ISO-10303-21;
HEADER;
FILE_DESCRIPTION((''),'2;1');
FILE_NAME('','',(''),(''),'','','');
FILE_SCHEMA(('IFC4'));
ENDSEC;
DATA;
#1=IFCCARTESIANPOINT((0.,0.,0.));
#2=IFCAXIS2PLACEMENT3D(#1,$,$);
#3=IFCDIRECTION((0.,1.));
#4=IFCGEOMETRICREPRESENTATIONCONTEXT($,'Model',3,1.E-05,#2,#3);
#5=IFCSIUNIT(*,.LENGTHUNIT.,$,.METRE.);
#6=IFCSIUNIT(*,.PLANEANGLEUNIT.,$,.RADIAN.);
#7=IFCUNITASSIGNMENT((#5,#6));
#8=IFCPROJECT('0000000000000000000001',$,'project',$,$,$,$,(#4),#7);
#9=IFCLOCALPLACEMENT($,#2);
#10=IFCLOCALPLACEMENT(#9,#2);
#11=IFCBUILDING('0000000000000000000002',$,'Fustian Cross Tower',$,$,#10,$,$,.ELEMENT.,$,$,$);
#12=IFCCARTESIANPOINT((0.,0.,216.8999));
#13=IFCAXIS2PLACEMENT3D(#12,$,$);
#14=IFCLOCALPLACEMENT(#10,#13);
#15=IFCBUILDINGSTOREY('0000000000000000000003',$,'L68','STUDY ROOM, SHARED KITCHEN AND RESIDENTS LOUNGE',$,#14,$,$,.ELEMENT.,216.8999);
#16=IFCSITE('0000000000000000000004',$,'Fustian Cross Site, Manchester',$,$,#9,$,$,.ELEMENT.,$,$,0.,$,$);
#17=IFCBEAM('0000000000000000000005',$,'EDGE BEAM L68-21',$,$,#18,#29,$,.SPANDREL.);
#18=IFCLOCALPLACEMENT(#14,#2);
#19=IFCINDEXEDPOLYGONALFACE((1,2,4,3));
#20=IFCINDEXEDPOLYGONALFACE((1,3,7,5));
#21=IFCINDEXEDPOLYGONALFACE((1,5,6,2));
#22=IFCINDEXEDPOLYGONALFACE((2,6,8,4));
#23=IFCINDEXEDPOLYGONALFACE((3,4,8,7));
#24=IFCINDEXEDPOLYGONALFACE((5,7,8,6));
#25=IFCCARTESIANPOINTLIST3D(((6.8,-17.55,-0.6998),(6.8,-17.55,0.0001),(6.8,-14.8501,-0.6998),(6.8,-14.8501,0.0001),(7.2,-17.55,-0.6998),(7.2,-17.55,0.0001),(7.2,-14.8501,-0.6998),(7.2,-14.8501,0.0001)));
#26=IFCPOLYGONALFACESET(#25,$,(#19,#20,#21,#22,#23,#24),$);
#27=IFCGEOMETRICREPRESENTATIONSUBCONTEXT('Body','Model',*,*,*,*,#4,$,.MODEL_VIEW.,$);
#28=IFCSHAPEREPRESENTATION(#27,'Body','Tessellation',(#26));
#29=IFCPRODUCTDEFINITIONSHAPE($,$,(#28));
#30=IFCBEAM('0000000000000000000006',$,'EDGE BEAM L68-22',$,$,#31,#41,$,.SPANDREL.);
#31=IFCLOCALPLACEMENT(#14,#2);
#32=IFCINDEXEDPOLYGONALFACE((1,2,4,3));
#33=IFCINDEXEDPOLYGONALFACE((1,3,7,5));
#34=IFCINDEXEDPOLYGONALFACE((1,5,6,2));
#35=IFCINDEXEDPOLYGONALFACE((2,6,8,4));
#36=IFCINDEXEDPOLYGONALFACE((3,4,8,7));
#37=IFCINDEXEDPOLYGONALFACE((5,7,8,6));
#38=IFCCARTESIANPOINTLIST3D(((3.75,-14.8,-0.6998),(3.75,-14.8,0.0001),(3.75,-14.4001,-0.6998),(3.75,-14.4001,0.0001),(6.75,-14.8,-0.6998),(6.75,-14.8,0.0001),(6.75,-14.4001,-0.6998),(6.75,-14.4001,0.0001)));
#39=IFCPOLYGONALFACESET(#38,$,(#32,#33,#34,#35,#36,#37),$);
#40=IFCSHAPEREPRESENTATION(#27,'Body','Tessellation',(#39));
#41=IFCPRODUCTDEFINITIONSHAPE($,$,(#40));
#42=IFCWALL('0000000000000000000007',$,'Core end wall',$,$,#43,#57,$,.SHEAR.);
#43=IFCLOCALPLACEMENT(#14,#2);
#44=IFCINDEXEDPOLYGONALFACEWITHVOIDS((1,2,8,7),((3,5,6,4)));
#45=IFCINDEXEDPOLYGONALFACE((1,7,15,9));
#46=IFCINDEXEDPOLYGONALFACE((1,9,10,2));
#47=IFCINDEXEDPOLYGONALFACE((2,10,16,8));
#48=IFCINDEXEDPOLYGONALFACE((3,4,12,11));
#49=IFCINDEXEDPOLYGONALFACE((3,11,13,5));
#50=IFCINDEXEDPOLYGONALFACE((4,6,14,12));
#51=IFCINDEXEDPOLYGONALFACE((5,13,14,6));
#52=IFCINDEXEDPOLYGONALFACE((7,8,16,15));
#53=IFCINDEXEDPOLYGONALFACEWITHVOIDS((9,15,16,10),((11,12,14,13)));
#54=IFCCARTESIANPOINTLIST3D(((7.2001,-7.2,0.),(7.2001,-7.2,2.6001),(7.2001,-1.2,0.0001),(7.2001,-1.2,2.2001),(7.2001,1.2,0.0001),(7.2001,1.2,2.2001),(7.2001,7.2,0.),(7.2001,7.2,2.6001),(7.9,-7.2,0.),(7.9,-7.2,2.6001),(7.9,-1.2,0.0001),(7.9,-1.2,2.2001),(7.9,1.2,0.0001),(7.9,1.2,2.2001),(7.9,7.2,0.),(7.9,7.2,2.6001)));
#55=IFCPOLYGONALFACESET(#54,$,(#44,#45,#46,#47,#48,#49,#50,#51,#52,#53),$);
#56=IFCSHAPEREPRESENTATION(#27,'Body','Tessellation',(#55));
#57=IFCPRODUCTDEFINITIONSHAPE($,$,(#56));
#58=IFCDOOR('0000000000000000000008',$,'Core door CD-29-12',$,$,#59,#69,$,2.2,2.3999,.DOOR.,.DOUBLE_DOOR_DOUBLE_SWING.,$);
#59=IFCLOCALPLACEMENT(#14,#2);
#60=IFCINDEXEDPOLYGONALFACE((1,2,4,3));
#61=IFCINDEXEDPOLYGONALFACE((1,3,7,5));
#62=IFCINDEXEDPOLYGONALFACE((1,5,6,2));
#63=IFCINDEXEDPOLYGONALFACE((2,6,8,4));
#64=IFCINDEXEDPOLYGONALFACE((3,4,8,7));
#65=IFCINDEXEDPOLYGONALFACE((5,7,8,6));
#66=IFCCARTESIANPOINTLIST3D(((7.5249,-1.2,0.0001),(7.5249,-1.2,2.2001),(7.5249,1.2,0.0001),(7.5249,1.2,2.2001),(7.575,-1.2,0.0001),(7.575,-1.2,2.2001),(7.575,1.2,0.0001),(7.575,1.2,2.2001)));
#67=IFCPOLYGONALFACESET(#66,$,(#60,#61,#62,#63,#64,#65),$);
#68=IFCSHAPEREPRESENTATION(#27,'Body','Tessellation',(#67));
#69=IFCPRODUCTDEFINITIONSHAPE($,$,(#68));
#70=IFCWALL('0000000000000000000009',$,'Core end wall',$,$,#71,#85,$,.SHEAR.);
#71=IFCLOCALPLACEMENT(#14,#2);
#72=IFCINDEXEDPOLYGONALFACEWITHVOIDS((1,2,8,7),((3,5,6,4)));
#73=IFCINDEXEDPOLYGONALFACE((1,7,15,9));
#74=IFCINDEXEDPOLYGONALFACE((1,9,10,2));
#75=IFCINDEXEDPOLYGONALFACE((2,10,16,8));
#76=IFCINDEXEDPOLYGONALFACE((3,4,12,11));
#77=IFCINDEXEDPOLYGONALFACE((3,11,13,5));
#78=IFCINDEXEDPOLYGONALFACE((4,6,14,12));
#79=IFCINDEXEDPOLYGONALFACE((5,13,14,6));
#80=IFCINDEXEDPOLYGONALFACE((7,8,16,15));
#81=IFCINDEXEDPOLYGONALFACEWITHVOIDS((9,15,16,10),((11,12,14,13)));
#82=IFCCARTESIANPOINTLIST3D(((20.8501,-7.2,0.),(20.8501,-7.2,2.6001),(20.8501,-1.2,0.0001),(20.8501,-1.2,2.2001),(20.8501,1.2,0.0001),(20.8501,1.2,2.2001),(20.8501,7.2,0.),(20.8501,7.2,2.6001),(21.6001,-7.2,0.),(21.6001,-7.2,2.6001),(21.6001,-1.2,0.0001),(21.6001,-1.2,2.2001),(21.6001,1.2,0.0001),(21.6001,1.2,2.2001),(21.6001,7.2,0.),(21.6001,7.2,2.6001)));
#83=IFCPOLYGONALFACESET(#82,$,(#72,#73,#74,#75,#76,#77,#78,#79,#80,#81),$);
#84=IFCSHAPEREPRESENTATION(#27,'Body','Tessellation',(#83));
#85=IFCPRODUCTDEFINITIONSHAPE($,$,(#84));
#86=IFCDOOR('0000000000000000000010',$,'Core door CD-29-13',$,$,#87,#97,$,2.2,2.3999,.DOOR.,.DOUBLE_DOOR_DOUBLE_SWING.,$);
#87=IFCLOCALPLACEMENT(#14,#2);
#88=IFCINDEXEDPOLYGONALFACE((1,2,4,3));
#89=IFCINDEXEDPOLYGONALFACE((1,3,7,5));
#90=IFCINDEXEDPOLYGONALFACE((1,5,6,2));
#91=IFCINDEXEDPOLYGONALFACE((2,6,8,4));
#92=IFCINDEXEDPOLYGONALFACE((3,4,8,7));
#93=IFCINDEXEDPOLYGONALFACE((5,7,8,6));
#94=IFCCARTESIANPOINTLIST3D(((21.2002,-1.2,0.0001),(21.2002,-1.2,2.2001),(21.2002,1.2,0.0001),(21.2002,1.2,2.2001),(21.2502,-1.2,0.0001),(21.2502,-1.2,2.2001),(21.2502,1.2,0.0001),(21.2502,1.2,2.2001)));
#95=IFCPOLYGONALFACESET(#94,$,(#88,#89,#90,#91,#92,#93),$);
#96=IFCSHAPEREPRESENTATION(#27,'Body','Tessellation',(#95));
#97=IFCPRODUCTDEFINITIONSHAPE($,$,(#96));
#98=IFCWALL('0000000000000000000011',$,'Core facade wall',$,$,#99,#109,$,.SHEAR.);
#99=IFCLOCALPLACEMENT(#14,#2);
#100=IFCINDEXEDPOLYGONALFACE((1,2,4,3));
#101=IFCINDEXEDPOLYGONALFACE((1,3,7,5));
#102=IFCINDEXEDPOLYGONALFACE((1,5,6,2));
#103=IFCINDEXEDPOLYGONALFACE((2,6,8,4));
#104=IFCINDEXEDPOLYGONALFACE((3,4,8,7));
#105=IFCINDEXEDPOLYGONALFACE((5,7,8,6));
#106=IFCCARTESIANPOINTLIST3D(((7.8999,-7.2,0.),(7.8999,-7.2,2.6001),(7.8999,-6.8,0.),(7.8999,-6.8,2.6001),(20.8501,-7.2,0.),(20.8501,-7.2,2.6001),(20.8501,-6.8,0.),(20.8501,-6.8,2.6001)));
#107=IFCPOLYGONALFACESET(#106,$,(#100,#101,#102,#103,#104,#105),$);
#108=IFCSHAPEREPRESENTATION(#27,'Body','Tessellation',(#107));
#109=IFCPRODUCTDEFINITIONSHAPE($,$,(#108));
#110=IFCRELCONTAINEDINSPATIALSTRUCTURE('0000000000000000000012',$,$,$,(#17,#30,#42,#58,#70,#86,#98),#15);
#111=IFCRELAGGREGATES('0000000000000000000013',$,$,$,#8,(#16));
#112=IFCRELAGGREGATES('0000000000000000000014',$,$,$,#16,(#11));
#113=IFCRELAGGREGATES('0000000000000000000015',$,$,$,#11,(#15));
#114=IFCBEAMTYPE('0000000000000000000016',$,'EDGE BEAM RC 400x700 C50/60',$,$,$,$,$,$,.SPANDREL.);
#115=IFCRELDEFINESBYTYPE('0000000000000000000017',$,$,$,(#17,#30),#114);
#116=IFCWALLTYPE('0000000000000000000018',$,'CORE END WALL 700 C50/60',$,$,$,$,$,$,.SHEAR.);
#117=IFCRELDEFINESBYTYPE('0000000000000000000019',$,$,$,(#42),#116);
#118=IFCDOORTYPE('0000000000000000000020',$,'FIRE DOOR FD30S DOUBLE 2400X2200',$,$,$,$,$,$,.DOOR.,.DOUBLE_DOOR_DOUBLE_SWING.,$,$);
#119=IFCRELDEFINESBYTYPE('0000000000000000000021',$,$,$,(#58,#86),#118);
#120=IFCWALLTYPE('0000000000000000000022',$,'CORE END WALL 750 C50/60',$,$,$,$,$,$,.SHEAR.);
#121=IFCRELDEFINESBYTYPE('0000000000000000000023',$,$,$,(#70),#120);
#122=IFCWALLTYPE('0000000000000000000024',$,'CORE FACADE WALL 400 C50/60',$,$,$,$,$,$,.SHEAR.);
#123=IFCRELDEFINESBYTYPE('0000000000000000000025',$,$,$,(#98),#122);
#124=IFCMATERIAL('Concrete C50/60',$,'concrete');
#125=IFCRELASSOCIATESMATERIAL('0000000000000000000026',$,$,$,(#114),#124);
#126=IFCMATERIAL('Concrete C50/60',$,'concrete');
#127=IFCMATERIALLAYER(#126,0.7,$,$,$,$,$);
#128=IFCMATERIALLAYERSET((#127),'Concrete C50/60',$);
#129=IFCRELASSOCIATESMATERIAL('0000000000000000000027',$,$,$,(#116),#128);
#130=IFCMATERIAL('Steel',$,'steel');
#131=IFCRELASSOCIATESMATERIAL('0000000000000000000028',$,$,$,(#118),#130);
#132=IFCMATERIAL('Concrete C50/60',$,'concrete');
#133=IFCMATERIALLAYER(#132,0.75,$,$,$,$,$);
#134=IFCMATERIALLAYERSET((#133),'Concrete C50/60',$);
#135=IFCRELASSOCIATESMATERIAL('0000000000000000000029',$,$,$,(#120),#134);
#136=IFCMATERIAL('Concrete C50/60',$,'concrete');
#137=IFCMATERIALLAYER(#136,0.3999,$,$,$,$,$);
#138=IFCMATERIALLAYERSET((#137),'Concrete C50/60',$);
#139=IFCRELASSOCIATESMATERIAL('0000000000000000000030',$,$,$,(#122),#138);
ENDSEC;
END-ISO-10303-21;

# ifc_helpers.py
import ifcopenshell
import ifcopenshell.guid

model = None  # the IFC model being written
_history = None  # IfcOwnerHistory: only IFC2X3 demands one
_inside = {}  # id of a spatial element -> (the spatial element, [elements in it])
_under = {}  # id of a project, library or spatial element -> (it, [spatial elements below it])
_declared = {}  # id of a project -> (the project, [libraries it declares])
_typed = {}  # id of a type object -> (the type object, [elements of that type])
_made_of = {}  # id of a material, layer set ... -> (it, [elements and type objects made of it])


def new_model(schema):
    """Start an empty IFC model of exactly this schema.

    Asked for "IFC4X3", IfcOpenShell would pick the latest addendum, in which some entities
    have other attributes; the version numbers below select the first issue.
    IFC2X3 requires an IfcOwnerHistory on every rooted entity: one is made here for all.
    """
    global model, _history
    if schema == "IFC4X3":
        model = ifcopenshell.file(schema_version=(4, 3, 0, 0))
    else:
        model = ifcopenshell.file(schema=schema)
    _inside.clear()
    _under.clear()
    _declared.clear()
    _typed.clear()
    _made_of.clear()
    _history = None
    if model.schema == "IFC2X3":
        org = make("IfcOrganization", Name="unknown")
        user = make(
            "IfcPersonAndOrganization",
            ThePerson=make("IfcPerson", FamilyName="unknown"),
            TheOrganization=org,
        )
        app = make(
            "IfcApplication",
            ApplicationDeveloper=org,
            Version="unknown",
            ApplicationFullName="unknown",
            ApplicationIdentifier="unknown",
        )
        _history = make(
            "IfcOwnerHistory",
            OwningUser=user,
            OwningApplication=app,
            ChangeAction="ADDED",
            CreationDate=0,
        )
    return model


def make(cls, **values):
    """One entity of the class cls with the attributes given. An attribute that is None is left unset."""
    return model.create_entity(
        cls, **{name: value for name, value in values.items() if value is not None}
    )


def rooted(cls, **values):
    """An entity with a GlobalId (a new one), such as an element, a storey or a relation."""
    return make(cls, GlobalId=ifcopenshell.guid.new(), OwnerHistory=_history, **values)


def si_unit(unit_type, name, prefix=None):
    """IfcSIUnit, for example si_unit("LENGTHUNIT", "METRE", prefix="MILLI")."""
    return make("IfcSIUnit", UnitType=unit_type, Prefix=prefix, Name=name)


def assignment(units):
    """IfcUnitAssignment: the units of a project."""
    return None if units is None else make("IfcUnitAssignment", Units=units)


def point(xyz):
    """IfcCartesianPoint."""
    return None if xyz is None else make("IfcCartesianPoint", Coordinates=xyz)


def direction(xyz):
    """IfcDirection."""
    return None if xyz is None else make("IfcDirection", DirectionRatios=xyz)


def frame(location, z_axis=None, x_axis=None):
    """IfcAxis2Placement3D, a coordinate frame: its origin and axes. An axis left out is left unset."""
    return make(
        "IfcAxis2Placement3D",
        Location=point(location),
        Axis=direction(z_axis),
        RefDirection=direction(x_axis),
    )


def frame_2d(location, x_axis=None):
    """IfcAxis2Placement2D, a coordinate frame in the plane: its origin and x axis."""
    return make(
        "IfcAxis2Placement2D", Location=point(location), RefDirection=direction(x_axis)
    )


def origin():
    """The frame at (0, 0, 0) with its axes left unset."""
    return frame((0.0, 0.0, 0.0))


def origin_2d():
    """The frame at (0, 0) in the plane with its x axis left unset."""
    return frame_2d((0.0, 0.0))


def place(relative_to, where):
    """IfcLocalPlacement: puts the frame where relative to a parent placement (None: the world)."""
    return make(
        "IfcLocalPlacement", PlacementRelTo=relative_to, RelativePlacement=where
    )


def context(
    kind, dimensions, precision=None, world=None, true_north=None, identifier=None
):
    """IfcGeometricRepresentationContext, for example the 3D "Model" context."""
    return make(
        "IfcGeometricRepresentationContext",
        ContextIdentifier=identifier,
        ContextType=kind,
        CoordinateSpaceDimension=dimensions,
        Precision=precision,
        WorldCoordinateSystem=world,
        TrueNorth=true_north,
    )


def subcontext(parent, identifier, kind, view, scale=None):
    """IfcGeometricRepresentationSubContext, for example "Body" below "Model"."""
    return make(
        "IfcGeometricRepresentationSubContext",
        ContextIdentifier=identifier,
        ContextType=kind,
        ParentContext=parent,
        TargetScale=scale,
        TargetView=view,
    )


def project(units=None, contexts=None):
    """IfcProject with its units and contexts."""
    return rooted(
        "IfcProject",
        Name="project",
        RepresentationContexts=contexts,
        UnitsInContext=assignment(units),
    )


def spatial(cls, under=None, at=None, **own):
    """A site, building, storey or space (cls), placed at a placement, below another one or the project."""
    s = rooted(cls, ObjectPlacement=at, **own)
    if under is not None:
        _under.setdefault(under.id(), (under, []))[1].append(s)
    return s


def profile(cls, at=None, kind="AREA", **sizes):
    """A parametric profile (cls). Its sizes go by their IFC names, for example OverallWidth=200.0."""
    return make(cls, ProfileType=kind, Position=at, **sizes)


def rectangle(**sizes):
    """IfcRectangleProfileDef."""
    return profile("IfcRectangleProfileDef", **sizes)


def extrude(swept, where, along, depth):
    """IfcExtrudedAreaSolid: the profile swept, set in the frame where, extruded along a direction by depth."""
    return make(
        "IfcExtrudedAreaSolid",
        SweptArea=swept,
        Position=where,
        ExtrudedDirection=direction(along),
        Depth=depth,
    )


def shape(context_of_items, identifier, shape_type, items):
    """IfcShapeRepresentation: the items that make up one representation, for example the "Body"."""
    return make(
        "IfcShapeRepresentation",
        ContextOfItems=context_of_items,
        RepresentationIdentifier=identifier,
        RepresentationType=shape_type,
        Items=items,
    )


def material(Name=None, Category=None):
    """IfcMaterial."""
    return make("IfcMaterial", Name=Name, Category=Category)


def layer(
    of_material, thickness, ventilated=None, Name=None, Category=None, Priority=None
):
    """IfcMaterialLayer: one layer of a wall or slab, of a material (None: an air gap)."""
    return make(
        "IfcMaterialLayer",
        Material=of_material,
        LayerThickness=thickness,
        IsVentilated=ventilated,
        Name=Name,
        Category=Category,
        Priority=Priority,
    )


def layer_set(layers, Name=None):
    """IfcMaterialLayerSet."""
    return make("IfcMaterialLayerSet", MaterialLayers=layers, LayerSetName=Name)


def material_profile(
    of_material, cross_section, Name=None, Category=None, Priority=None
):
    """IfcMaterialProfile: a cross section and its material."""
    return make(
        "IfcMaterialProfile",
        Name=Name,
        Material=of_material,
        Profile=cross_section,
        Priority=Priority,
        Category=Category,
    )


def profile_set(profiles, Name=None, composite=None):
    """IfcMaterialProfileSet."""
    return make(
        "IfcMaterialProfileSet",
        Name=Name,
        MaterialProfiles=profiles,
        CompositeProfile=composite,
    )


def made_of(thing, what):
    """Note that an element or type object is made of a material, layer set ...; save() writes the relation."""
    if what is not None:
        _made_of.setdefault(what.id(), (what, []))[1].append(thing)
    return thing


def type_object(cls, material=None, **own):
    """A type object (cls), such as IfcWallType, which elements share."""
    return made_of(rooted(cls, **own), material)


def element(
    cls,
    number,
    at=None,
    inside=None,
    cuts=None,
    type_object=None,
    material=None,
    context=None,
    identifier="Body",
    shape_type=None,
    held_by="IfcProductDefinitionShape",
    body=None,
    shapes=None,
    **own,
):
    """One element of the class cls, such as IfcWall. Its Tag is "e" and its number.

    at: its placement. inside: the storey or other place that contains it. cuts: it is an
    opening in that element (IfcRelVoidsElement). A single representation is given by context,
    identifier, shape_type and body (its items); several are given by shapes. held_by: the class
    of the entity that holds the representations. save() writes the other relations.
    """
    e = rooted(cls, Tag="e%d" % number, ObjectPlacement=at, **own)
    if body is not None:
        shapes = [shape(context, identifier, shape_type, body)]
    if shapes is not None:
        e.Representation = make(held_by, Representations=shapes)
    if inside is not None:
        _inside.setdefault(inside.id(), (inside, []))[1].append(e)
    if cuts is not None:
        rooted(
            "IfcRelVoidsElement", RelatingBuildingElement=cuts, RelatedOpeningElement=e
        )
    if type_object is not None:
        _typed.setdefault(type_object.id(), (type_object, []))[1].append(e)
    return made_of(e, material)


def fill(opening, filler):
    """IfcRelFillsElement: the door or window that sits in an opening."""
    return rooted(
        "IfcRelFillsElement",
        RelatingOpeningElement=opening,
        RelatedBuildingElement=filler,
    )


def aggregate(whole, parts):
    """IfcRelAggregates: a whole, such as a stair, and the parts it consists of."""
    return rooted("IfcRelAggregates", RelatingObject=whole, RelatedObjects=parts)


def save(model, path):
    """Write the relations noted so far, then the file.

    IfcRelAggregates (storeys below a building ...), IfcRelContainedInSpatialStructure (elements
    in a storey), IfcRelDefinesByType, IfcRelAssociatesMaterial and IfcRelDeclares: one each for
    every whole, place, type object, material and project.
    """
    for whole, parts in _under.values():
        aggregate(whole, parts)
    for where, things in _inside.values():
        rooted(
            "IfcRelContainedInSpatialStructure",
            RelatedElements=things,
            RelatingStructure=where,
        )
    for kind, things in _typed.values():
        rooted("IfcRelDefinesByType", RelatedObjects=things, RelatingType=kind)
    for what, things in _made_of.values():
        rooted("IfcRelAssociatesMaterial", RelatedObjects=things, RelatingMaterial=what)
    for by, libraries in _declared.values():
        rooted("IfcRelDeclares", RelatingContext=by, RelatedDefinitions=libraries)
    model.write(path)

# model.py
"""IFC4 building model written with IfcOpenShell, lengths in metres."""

from ifc_helpers import new_model, si_unit, direction, frame, frame_2d, origin, origin_2d, place, context, subcontext, project, spatial, rectangle, extrude, material, layer, layer_set, material_profile, profile_set, type_object, element, fill, save


model = new_model("IFC4")

# Units and contexts
model_context = context("Model", 3, precision=1e-05, world=origin(), true_north=direction((0.0, 1.0)))
body_context = subcontext(model_context, "Body", "Model", "MODEL_VIEW")
ifc_project = project(units=[si_unit("LENGTHUNIT", "METRE"), si_unit("PLANEANGLEUNIT", "RADIAN")], contexts=[model_context])

# Site, building, storey
site_placement = place(None, origin())
site = spatial("IfcSite", under=ifc_project, at=site_placement, Name="Fustian Cross Site, Manchester", CompositionType="ELEMENT", RefElevation=0.0)
building_placement = place(site_placement, origin())
building = spatial("IfcBuilding", under=site, at=building_placement, Name="Fustian Cross Tower", CompositionType="ELEMENT")
storey_placement = place(building_placement, frame((0.0, 0.0, 216.8999)))
storey = spatial("IfcBuildingStorey", under=building, at=storey_placement, Name="L68", Description="STUDY ROOM, SHARED KITCHEN AND RESIDENTS LOUNGE", CompositionType="ELEMENT", Elevation=216.8999)

# Beams
ifc_material_1 = material(Name="Concrete C50/60", Category="concrete")
ifc_material_profile = material_profile(ifc_material_1, rectangle(XDim=0.3999, YDim=0.7, at=origin_2d()), Name="RC 400x700")
ifc_profile_set = profile_set([ifc_material_profile], Name="Concrete C50/60")
beam_type = type_object("IfcBeamType", Name="EDGE BEAM RC 400x700 C50/60", PredefinedType="SPANDREL", material=ifc_profile_set)
beam_1_placement = place(storey_placement, frame((7.0, -17.55, -0.3499), z_axis=(0.0, 1.0, 0.0), x_axis=(-1.0, 0.0, 0.0)))
element("IfcBeam", 1, at=beam_1_placement, inside=storey, type_object=beam_type, Name="EDGE BEAM L68-21", PredefinedType="SPANDREL", context=body_context, shape_type="SweptSolid", body=[
    extrude(rectangle(XDim=0.3999, YDim=0.7, at=origin_2d()), origin(), (0.0, 0.0, 1.0), 2.7),
])
beam_2_placement = place(storey_placement, frame((6.75, -14.6001, -0.3499), z_axis=(-1.0, 0.0, 0.0), x_axis=(0.0, -1.0, 0.0)))
element("IfcBeam", 2, at=beam_2_placement, inside=storey, type_object=beam_type, Name="EDGE BEAM L68-22", PredefinedType="SPANDREL", context=body_context, shape_type="SweptSolid", body=[
    extrude(rectangle(XDim=0.3999, YDim=0.7, at=origin_2d()), origin(), (0.0, 0.0, 1.0), 3.0),
])

# Walls, openings, doors
ifc_material_2 = material(Name="Concrete C50/60", Category="concrete")
ifc_layer_1 = layer(ifc_material_2, 0.7)
ifc_layer_set_1 = layer_set([ifc_layer_1], Name="Concrete C50/60")
wall_type_1 = type_object("IfcWallType", Name="CORE END WALL 700 C50/60", PredefinedType="SHEAR", material=ifc_layer_set_1)
wall_1_placement = place(storey_placement, frame((7.55, -7.2, 0.0), z_axis=(0.0, 0.0, 1.0), x_axis=(0.0, 1.0, 0.0)))
wall_1 = element("IfcWall", 3, at=wall_1_placement, inside=storey, type_object=wall_type_1, Name="Core end wall", PredefinedType="SHEAR", context=body_context, shape_type="SweptSolid", body=[
    extrude(rectangle(XDim=14.3999, YDim=0.7, at=frame_2d((7.2, 0.0))), origin(), (0.0, 0.0, 1.0), 2.6001),
])
opening_1_placement = place(wall_1_placement, frame((6.0, 0.0, 0.0)))
opening_1 = element("IfcOpeningElement", 4, at=opening_1_placement, cuts=wall_1, PredefinedType="OPENING", context=body_context, shape_type="SweptSolid", body=[
    extrude(rectangle(XDim=2.3999, YDim=2.2, at=frame_2d((1.2, 1.1001))), frame((0.0, 0.3599, 0.0), z_axis=(0.0, -1.0, 0.0), x_axis=(1.0, 0.0, 0.0)), (0.0, 0.0, 1.0), 0.72),
])
ifc_material_3 = material(Name="Steel", Category="steel")
door_type_1 = type_object("IfcDoorType", Name="FIRE DOOR FD30S DOUBLE 2400X2200", OperationType="DOUBLE_DOOR_DOUBLE_SWING", PredefinedType="DOOR", material=ifc_material_3)
door_1_placement = place(opening_1_placement, frame((2.3999, 0.0, 0.0), z_axis=(0.0, 0.0, 1.0), x_axis=(-1.0, 0.0, 0.0)))
door_1 = element("IfcDoor", 5, at=door_1_placement, inside=storey, type_object=door_type_1, Name="Core door CD-29-12", OperationType="DOUBLE_DOOR_DOUBLE_SWING", OverallHeight=2.2, OverallWidth=2.3999, PredefinedType="DOOR", context=body_context, shape_type="SweptSolid", body=[
    extrude(rectangle(XDim=2.3999, YDim=2.2, at=frame_2d((1.2, 1.1001))), frame((0.0, 0.0249, 0.0), z_axis=(0.0, -1.0, 0.0), x_axis=(1.0, 0.0, 0.0)), (0.0, 0.0, 1.0), 0.05),
])
fill(opening_1, door_1)
ifc_material_4 = material(Name="Concrete C50/60", Category="concrete")
ifc_layer_2 = layer(ifc_material_4, 0.75)
ifc_layer_set_2 = layer_set([ifc_layer_2], Name="Concrete C50/60")
wall_type_2 = type_object("IfcWallType", Name="CORE END WALL 750 C50/60", PredefinedType="SHEAR", material=ifc_layer_set_2)
wall_2_placement = place(storey_placement, frame((21.2251, -7.2, 0.0), z_axis=(0.0, 0.0, 1.0), x_axis=(0.0, 1.0, 0.0)))
wall_2 = element("IfcWall", 6, at=wall_2_placement, inside=storey, type_object=wall_type_2, Name="Core end wall", PredefinedType="SHEAR", context=body_context, shape_type="SweptSolid", body=[
    extrude(rectangle(XDim=14.3999, YDim=0.75, at=frame_2d((7.2, 0.0))), origin(), (0.0, 0.0, 1.0), 2.6001),
])
opening_2_placement = place(wall_2_placement, frame((6.0, 0.0, 0.0)))
opening_2 = element("IfcOpeningElement", 7, at=opening_2_placement, cuts=wall_2, PredefinedType="OPENING", context=body_context, shape_type="SweptSolid", body=[
    extrude(rectangle(XDim=2.3999, YDim=2.2, at=frame_2d((1.2, 1.1001))), frame((0.0, 0.385, 0.0), z_axis=(0.0, -1.0, 0.0), x_axis=(1.0, 0.0, 0.0)), (0.0, 0.0, 1.0), 0.77),
])
door_2_placement = place(opening_2_placement, origin())
door_2 = element("IfcDoor", 8, at=door_2_placement, inside=storey, type_object=door_type_1, Name="Core door CD-29-13", OperationType="DOUBLE_DOOR_DOUBLE_SWING", OverallHeight=2.2, OverallWidth=2.3999, PredefinedType="DOOR", context=body_context, shape_type="SweptSolid", body=[
    extrude(rectangle(XDim=2.3999, YDim=2.2, at=frame_2d((1.2, 1.1001))), frame((0.0, 0.0249, 0.0), z_axis=(0.0, -1.0, 0.0), x_axis=(1.0, 0.0, 0.0)), (0.0, 0.0, 1.0), 0.05),
])
fill(opening_2, door_2)

# Wall
ifc_material_5 = material(Name="Concrete C50/60", Category="concrete")
ifc_layer_3 = layer(ifc_material_5, 0.3999)
ifc_layer_set_3 = layer_set([ifc_layer_3], Name="Concrete C50/60")
wall_type_3 = type_object("IfcWallType", Name="CORE FACADE WALL 400 C50/60", PredefinedType="SHEAR", material=ifc_layer_set_3)
wall_3_placement = place(storey_placement, frame((7.8999, -7.0, 0.0), z_axis=(0.0, 0.0, 1.0), x_axis=(1.0, 0.0, 0.0)))
element("IfcWall", 9, at=wall_3_placement, inside=storey, type_object=wall_type_3, Name="Core facade wall", PredefinedType="SHEAR", context=body_context, shape_type="SweptSolid", body=[
    extrude(rectangle(XDim=12.9502, YDim=0.3999, at=frame_2d((6.4751, 0.0))), origin(), (0.0, 0.0, 1.0), 2.6001),
])

save(model, "model.ifc")
